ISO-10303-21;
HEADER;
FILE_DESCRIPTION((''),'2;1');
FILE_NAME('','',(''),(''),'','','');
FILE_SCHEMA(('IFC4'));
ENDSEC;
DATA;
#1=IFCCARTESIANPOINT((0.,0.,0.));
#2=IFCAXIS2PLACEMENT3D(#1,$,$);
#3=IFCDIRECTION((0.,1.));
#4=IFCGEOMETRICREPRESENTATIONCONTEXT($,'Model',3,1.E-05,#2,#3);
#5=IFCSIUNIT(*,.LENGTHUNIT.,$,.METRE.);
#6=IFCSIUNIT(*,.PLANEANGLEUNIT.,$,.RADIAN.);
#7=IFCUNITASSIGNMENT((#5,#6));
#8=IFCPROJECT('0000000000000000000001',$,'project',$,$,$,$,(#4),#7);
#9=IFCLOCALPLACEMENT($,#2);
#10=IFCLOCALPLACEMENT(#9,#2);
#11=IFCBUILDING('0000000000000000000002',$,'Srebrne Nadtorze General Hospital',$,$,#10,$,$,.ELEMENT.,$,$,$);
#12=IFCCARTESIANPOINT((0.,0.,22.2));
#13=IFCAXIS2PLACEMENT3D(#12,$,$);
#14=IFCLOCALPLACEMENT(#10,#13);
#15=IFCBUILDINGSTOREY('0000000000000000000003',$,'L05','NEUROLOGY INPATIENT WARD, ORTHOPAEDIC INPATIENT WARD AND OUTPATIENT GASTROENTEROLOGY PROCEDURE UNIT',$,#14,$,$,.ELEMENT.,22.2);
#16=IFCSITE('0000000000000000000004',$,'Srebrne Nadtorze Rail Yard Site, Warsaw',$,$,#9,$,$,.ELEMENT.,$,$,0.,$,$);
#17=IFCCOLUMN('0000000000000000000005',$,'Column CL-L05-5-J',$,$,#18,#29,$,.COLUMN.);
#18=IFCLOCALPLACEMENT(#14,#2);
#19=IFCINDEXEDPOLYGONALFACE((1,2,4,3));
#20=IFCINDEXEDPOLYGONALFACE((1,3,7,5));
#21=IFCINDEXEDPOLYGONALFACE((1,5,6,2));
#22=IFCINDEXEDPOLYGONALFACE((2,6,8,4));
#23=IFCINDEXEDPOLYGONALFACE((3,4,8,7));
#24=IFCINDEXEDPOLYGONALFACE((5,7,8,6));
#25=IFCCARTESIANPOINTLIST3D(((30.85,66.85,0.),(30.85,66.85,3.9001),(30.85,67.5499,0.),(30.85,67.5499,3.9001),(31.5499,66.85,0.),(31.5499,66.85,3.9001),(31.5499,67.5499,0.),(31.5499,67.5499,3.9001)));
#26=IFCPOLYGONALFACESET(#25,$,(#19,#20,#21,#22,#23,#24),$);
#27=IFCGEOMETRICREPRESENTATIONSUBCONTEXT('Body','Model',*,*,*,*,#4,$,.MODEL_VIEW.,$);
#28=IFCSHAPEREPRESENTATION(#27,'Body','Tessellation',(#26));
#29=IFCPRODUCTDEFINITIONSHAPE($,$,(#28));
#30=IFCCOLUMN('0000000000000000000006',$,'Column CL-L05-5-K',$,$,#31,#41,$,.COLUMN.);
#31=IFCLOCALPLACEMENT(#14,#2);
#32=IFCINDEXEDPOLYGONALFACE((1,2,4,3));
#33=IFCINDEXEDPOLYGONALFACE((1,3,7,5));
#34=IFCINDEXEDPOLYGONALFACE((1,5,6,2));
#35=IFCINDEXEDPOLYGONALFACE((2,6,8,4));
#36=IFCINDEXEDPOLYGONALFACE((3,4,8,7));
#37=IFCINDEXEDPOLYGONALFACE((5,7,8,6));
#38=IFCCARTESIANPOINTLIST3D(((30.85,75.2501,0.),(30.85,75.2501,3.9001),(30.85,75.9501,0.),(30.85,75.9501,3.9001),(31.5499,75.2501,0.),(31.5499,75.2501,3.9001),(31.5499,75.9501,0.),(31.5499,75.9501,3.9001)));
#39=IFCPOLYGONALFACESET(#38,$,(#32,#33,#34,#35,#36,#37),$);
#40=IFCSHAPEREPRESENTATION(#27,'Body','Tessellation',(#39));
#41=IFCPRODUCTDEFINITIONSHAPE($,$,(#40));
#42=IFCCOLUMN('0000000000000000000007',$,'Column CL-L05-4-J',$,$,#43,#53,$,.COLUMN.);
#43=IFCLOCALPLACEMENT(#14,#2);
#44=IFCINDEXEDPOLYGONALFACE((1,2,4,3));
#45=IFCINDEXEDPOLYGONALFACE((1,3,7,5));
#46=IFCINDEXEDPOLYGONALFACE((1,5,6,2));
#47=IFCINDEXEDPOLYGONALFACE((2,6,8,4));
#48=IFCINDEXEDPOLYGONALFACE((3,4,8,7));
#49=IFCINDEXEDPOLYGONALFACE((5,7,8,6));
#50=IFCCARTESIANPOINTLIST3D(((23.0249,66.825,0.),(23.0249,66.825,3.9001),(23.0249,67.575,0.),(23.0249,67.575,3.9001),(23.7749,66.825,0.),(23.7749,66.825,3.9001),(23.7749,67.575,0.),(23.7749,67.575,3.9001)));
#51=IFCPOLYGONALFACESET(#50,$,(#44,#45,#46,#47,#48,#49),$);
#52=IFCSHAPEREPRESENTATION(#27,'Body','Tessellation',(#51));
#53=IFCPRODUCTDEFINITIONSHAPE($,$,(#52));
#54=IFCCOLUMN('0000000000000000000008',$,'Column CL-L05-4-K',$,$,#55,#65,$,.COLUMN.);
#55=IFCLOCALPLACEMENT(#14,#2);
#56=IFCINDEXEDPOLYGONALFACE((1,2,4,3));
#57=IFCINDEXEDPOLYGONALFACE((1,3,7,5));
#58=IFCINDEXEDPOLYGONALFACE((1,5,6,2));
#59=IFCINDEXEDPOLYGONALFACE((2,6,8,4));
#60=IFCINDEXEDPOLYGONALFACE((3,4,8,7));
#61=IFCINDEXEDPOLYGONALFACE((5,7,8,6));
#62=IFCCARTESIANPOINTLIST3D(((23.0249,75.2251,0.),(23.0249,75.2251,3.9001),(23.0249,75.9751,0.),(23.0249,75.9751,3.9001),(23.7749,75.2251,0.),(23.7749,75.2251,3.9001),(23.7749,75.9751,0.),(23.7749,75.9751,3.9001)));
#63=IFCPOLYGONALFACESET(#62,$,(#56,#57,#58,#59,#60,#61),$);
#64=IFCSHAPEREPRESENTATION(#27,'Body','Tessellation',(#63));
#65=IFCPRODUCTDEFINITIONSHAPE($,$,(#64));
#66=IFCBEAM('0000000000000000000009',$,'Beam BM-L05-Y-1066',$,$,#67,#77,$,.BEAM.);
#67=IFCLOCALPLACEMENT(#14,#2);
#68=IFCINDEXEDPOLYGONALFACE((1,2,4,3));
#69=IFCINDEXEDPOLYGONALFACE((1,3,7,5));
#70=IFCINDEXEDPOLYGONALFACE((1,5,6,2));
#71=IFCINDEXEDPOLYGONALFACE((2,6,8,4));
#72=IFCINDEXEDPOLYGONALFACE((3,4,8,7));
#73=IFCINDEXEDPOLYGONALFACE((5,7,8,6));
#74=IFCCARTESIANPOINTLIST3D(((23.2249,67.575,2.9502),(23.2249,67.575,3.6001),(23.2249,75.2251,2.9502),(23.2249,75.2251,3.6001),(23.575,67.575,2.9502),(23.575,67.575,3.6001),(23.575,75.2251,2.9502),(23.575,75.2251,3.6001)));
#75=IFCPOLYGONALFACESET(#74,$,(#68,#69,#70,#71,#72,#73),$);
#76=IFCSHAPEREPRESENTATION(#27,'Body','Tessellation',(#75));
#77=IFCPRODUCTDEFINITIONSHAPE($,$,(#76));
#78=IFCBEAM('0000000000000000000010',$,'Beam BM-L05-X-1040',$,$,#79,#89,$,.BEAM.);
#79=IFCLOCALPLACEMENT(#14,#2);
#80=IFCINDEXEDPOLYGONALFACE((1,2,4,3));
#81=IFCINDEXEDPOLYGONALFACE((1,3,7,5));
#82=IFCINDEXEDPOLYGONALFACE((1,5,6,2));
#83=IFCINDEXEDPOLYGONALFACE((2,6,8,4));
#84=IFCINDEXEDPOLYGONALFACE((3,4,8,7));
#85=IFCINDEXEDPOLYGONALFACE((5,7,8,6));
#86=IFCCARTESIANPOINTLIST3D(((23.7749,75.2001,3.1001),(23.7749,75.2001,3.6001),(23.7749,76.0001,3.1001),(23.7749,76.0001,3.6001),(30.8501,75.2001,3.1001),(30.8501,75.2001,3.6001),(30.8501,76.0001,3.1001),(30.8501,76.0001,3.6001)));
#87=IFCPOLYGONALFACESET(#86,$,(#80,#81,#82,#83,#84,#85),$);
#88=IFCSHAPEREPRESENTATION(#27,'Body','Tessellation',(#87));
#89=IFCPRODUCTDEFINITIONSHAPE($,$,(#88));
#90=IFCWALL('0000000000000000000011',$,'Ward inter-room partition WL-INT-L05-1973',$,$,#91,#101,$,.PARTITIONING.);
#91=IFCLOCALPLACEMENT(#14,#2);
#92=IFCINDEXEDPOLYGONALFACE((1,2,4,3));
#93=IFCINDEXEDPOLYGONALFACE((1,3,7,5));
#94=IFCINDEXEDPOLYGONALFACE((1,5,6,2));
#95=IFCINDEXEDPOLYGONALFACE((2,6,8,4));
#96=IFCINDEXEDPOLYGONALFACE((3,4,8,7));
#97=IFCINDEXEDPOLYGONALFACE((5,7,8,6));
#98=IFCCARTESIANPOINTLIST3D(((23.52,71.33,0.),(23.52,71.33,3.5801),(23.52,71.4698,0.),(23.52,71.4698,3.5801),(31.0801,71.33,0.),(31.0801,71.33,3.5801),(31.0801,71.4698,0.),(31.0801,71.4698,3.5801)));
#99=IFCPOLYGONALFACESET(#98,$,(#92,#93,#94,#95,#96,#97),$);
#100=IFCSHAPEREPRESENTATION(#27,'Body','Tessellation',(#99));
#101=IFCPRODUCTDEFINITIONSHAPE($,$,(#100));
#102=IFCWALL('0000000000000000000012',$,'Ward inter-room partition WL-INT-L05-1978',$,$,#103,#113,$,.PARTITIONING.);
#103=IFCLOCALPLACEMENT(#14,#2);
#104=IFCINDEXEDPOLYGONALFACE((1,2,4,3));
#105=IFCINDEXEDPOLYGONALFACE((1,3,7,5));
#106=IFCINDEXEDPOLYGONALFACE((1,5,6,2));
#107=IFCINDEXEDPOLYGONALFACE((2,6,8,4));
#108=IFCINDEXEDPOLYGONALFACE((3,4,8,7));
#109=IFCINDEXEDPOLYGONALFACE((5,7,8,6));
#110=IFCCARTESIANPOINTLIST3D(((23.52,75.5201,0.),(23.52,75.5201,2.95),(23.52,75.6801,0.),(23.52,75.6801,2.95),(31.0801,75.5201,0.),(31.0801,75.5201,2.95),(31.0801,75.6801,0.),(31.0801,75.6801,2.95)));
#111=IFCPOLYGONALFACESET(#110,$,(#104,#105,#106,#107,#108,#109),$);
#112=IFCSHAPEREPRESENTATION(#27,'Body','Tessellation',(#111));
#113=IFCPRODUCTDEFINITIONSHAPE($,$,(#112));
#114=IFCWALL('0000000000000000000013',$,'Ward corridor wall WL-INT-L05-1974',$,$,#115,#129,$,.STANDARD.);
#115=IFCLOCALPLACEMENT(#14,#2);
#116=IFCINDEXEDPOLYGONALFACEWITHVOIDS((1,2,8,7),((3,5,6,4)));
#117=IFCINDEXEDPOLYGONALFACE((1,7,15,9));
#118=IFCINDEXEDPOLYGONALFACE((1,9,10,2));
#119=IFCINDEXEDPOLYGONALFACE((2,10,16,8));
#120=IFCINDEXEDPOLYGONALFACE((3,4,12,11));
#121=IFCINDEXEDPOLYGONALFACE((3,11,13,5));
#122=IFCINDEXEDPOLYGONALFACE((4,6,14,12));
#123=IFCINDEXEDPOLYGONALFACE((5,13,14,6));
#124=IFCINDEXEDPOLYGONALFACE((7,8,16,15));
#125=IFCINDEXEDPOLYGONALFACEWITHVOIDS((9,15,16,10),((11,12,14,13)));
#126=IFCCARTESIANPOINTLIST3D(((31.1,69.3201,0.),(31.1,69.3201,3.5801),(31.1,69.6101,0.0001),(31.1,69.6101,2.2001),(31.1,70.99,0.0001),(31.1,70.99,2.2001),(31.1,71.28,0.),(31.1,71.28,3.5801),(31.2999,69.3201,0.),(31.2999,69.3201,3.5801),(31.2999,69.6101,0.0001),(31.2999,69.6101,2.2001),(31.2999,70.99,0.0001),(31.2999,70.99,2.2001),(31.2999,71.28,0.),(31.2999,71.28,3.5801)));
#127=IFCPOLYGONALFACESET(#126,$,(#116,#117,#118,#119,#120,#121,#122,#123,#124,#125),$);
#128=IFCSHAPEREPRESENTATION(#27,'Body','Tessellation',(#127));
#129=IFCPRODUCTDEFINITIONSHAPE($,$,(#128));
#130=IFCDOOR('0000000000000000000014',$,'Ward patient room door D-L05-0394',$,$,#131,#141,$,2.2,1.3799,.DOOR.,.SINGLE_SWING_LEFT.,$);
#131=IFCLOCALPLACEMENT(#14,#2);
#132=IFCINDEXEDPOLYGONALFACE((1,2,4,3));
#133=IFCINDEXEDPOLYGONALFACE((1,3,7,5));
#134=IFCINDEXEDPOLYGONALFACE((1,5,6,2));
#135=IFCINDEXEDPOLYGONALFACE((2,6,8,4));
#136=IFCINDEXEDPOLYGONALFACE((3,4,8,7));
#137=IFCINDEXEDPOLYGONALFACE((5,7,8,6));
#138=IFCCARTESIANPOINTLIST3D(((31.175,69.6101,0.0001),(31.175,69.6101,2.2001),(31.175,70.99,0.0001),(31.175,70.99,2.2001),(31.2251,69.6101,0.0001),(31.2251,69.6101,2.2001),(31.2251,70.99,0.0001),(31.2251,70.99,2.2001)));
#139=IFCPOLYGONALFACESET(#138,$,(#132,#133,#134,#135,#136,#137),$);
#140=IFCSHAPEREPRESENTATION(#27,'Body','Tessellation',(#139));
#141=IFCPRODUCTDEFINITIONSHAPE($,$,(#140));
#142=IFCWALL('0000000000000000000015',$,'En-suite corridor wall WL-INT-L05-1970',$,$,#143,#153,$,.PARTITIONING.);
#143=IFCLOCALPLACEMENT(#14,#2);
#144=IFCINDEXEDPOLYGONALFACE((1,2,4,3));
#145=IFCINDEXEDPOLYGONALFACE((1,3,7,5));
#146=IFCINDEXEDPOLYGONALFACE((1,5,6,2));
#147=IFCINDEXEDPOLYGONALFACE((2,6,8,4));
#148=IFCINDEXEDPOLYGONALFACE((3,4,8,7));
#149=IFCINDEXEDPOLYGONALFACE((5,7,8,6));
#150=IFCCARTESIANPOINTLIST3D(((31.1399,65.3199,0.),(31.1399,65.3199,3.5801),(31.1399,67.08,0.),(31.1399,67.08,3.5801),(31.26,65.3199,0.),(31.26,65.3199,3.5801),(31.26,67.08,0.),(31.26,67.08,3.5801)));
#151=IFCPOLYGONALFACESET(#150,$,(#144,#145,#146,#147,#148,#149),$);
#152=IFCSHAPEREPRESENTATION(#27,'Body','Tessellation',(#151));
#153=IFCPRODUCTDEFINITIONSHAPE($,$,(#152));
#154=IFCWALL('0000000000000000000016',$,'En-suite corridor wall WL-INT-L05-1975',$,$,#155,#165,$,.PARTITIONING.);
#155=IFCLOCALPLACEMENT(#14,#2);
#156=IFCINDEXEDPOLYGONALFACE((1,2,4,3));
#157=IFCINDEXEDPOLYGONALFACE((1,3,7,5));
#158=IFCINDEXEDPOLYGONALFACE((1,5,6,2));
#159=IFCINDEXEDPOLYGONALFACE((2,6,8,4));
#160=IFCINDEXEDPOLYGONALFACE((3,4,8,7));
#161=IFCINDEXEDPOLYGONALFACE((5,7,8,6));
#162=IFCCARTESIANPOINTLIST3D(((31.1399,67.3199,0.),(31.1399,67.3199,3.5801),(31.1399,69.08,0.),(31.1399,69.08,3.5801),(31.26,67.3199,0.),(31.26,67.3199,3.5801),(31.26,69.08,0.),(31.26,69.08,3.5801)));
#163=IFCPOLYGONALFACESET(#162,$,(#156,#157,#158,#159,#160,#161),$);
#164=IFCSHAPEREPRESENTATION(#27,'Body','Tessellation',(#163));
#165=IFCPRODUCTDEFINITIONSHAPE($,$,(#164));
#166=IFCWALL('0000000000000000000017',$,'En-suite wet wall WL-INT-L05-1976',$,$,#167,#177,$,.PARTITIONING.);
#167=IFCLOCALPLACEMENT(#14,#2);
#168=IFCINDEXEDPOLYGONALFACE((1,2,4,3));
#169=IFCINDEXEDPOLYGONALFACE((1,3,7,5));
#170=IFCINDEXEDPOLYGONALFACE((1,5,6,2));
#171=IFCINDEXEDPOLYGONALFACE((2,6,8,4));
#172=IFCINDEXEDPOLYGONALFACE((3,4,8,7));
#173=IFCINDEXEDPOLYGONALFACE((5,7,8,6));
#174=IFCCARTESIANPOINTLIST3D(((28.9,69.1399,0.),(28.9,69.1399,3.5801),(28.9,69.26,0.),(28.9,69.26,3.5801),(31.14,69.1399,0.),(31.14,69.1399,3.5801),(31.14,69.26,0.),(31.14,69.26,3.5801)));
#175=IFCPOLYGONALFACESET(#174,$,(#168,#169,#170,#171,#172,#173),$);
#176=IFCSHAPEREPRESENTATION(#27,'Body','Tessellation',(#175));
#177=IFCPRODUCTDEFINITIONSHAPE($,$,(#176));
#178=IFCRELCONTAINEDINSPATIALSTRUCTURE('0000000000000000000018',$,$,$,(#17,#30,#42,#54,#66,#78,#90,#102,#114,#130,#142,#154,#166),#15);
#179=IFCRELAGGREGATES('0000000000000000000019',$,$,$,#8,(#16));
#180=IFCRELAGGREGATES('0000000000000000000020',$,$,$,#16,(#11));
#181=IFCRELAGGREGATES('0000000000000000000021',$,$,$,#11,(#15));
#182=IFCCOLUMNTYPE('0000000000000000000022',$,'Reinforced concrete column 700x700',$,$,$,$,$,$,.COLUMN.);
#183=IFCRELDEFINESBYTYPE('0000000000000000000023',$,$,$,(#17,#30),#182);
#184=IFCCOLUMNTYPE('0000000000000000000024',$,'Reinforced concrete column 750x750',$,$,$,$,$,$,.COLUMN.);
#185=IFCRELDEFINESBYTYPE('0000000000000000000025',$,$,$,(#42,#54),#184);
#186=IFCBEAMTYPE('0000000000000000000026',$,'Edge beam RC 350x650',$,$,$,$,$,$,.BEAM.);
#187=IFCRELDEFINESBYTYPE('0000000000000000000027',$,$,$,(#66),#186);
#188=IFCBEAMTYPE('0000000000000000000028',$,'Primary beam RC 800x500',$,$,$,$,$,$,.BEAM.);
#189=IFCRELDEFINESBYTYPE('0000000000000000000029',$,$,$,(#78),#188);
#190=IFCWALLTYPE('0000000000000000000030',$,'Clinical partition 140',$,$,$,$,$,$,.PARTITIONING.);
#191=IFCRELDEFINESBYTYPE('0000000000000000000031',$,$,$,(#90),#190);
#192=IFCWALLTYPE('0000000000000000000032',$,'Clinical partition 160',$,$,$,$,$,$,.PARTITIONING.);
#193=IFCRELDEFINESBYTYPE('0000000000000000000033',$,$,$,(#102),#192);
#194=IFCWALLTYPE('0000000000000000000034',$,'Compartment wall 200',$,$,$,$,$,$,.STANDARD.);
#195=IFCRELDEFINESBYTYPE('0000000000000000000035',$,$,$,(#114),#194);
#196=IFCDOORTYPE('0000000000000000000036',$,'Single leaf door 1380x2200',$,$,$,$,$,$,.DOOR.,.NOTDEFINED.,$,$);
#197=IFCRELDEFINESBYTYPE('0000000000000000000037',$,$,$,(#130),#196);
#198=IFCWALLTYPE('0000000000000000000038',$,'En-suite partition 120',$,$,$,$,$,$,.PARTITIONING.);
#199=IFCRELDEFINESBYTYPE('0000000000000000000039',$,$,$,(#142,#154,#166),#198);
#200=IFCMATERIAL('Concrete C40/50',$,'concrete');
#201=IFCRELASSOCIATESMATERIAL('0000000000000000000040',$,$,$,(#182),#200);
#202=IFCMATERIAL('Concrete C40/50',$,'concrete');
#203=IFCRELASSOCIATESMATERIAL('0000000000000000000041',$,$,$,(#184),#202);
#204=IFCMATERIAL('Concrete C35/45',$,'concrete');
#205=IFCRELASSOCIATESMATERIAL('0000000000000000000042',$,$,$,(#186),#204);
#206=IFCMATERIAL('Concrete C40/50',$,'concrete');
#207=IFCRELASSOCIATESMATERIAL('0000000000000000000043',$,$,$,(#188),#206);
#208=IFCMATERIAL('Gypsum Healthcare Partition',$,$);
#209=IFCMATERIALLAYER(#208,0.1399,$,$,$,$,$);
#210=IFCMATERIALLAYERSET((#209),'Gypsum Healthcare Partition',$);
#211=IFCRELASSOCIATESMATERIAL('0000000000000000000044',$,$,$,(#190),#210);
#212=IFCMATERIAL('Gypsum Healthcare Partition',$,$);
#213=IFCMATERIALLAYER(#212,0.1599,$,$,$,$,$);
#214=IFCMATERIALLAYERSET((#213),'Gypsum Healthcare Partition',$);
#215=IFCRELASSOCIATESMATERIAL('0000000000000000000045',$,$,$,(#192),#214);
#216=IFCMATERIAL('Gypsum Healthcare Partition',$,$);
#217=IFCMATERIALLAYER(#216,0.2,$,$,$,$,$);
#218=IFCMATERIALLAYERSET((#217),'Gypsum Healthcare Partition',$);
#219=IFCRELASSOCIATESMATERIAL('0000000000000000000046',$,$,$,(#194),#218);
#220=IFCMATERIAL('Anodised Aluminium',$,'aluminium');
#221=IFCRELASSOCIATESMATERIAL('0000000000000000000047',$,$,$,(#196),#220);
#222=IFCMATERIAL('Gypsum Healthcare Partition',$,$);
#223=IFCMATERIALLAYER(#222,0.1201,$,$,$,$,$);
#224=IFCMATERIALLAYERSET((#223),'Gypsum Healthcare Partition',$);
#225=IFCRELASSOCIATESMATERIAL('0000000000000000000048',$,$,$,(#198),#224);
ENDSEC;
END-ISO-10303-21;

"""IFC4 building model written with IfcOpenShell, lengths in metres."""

from ifc_helpers import new_model, si_unit, direction, frame, frame_2d, origin, origin_2d, place, context, subcontext, project, spatial, rectangle, extrude, material, layer, layer_set, material_profile, profile_set, type_object, element, fill, save


model = new_model("IFC4")

# Units and contexts
model_context = context("Model", 3, precision=1e-05, world=origin(), true_north=direction((0.0, 1.0)))
body_context = subcontext(model_context, "Body", "Model", "MODEL_VIEW")
ifc_project = project(units=[si_unit("LENGTHUNIT", "METRE"), si_unit("PLANEANGLEUNIT", "RADIAN")], contexts=[model_context])

# Site, building, storey
site_placement = place(None, origin())
site = spatial("IfcSite", under=ifc_project, at=site_placement, Name="Srebrne Nadtorze Rail Yard Site, Warsaw", CompositionType="ELEMENT", RefElevation=0.0)
building_placement = place(site_placement, origin())
building = spatial("IfcBuilding", under=site, at=building_placement, Name="Srebrne Nadtorze General Hospital", CompositionType="ELEMENT")
storey_placement = place(building_placement, frame((0.0, 0.0, 22.2)))
storey = spatial("IfcBuildingStorey", under=building, at=storey_placement, Name="L05", Description="NEUROLOGY INPATIENT WARD, ORTHOPAEDIC INPATIENT WARD AND OUTPATIENT GASTROENTEROLOGY PROCEDURE UNIT", CompositionType="ELEMENT", Elevation=22.2)

# Columns
ifc_material_1 = material(Name="Concrete C40/50", Category="concrete")
ifc_material_profile_1 = material_profile(ifc_material_1, rectangle(XDim=0.7, YDim=0.7, at=origin_2d()), Name="RC-COL-700x700")
ifc_profile_set_1 = profile_set([ifc_material_profile_1], Name="Concrete C40/50")
column_type_1 = type_object("IfcColumnType", Name="Reinforced concrete column 700x700", PredefinedType="COLUMN", material=ifc_profile_set_1)
for number, where, z_axis, x_axis, name in (
    (1, (31.2, 67.2, 0.0), (0.0, 0.0, 1.0), (1.0, 0.0, 0.0), "Column CL-L05-5-J"),
    (2, (31.2, 75.6001, 0.0), (0.0, 0.0, 1.0), (1.0, 0.0, 0.0), "Column CL-L05-5-K"),
):
    element("IfcColumn", number, at=place(storey_placement, frame(where, z_axis=z_axis, x_axis=x_axis)), inside=storey, type_object=column_type_1, Name=name, PredefinedType="COLUMN", context=body_context, shape_type="SweptSolid", body=[
        extrude(rectangle(XDim=0.7, YDim=0.7, at=origin_2d()), origin(), (0.0, 0.0, 1.0), 3.9001),
    ])
ifc_material_2 = material(Name="Concrete C40/50", Category="concrete")
ifc_material_profile_2 = material_profile(ifc_material_2, rectangle(XDim=0.75, YDim=0.75, at=origin_2d()), Name="RC-COL-750x750")
ifc_profile_set_2 = profile_set([ifc_material_profile_2], Name="Concrete C40/50")
column_type_2 = type_object("IfcColumnType", Name="Reinforced concrete column 750x750", PredefinedType="COLUMN", material=ifc_profile_set_2)
for number, where, z_axis, x_axis, name in (
    (3, (23.3999, 67.2, 0.0), (0.0, 0.0, 1.0), (1.0, 0.0, 0.0), "Column CL-L05-4-J"),
    (4, (23.3999, 75.6001, 0.0), (0.0, 0.0, 1.0), (1.0, 0.0, 0.0), "Column CL-L05-4-K"),
):
    element("IfcColumn", number, at=place(storey_placement, frame(where, z_axis=z_axis, x_axis=x_axis)), inside=storey, type_object=column_type_2, Name=name, PredefinedType="COLUMN", context=body_context, shape_type="SweptSolid", body=[
        extrude(rectangle(XDim=0.75, YDim=0.75, at=origin_2d()), origin(), (0.0, 0.0, 1.0), 3.9001),
    ])

# Beams
ifc_material_3 = material(Name="Concrete C35/45", Category="concrete")
ifc_material_profile_3 = material_profile(ifc_material_3, rectangle(XDim=0.3501, YDim=0.6499, at=origin_2d()), Name="RC-BM-350x650")
ifc_profile_set_3 = profile_set([ifc_material_profile_3], Name="Concrete C35/45")
beam_type_1 = type_object("IfcBeamType", Name="Edge beam RC 350x650", PredefinedType="BEAM", material=ifc_profile_set_3)
beam_1_placement = place(storey_placement, frame((23.3999, 67.575, 3.2751), z_axis=(0.0, 1.0, 0.0), x_axis=(-1.0, 0.0, 0.0)))
element("IfcBeam", 5, at=beam_1_placement, inside=storey, type_object=beam_type_1, Name="Beam BM-L05-Y-1066", PredefinedType="BEAM", context=body_context, shape_type="SweptSolid", body=[
    extrude(rectangle(XDim=0.3501, YDim=0.6499, at=origin_2d()), origin(), (0.0, 0.0, 1.0), 7.6501),
])
ifc_material_4 = material(Name="Concrete C40/50", Category="concrete")
ifc_material_profile_4 = material_profile(ifc_material_4, rectangle(XDim=0.8, YDim=0.5, at=origin_2d()), Name="RC-BM-800x500")
ifc_profile_set_4 = profile_set([ifc_material_profile_4], Name="Concrete C40/50")
beam_type_2 = type_object("IfcBeamType", Name="Primary beam RC 800x500", PredefinedType="BEAM", material=ifc_profile_set_4)
beam_2_placement = place(storey_placement, frame((23.7749, 75.6001, 3.3501), z_axis=(1.0, 0.0, 0.0), x_axis=(0.0, 1.0, 0.0)))
element("IfcBeam", 6, at=beam_2_placement, inside=storey, type_object=beam_type_2, Name="Beam BM-L05-X-1040", PredefinedType="BEAM", context=body_context, shape_type="SweptSolid", body=[
    extrude(rectangle(XDim=0.8, YDim=0.5, at=origin_2d()), origin(), (0.0, 0.0, 1.0), 7.0752),
])

# Walls
ifc_material_5 = material(Name="Gypsum Healthcare Partition")
ifc_layer_1 = layer(ifc_material_5, 0.1399)
ifc_layer_set_1 = layer_set([ifc_layer_1], Name="Gypsum Healthcare Partition")
wall_type_1 = type_object("IfcWallType", Name="Clinical partition 140", PredefinedType="PARTITIONING", material=ifc_layer_set_1)
wall_1_placement = place(storey_placement, frame((23.52, 71.3999, 0.0), z_axis=(0.0, 0.0, 1.0), x_axis=(1.0, 0.0, 0.0)))
element("IfcWall", 7, at=wall_1_placement, inside=storey, type_object=wall_type_1, Name="Ward inter-room partition WL-INT-L05-1973", PredefinedType="PARTITIONING", context=body_context, shape_type="SweptSolid", body=[
    extrude(rectangle(XDim=7.5601, YDim=0.1399, at=frame_2d((3.78, 0.0))), origin(), (0.0, 0.0, 1.0), 3.5801),
])
ifc_material_6 = material(Name="Gypsum Healthcare Partition")
ifc_layer_2 = layer(ifc_material_6, 0.1599)
ifc_layer_set_2 = layer_set([ifc_layer_2], Name="Gypsum Healthcare Partition")
wall_type_2 = type_object("IfcWallType", Name="Clinical partition 160", PredefinedType="PARTITIONING", material=ifc_layer_set_2)
wall_2_placement = place(storey_placement, frame((23.52, 75.6001, 0.0), z_axis=(0.0, 0.0, 1.0), x_axis=(1.0, 0.0, 0.0)))
element("IfcWall", 8, at=wall_2_placement, inside=storey, type_object=wall_type_2, Name="Ward inter-room partition WL-INT-L05-1978", PredefinedType="PARTITIONING", context=body_context, shape_type="SweptSolid", body=[
    extrude(rectangle(XDim=7.5601, YDim=0.1599, at=frame_2d((3.78, 0.0))), origin(), (0.0, 0.0, 1.0), 2.95),
])

# Wall, opening, door
ifc_material_7 = material(Name="Gypsum Healthcare Partition")
ifc_layer_3 = layer(ifc_material_7, 0.2)
ifc_layer_set_3 = layer_set([ifc_layer_3], Name="Gypsum Healthcare Partition")
wall_type_3 = type_object("IfcWallType", Name="Compartment wall 200", PredefinedType="STANDARD", material=ifc_layer_set_3)
wall_3_placement = place(storey_placement, frame((31.2, 69.3201, 0.0), z_axis=(0.0, 0.0, 1.0), x_axis=(0.0, 1.0, 0.0)))
wall_3 = element("IfcWall", 9, at=wall_3_placement, inside=storey, type_object=wall_type_3, Name="Ward corridor wall WL-INT-L05-1974", PredefinedType="STANDARD", context=body_context, shape_type="SweptSolid", body=[
    extrude(rectangle(XDim=1.96, YDim=0.2, at=frame_2d((0.98, 0.0))), origin(), (0.0, 0.0, 1.0), 3.5801),
])
opening_1_placement = place(wall_3_placement, frame((0.29, 0.0, 0.0)))
opening_1 = element("IfcOpeningElement", 10, at=opening_1_placement, cuts=wall_3, PredefinedType="OPENING", context=body_context, shape_type="SweptSolid", body=[
    extrude(rectangle(XDim=1.3799, YDim=2.2, at=frame_2d((0.6899, 1.1001))), frame((0.0, 0.1118, 0.0), z_axis=(0.0, -1.0, 0.0), x_axis=(1.0, 0.0, 0.0)), (0.0, 0.0, 1.0), 0.2239),
])
ifc_material_8 = material(Name="Anodised Aluminium", Category="aluminium")
door_type_1 = type_object("IfcDoorType", Name="Single leaf door 1380x2200", OperationType="NOTDEFINED", PredefinedType="DOOR", material=ifc_material_8)
door_1_placement = place(opening_1_placement, origin())
door_1 = element("IfcDoor", 11, at=door_1_placement, inside=storey, type_object=door_type_1, Name="Ward patient room door D-L05-0394", OperationType="SINGLE_SWING_LEFT", OverallHeight=2.2, OverallWidth=1.3799, PredefinedType="DOOR", context=body_context, shape_type="SweptSolid", body=[
    extrude(rectangle(XDim=1.3799, YDim=2.2, at=frame_2d((0.6899, 1.1001))), frame((0.0, 0.0249, 0.0), z_axis=(0.0, -1.0, 0.0), x_axis=(1.0, 0.0, 0.0)), (0.0, 0.0, 1.0), 0.05),
])
fill(opening_1, door_1)

# Walls
ifc_material_9 = material(Name="Gypsum Healthcare Partition")
ifc_layer_4 = layer(ifc_material_9, 0.1201)
ifc_layer_set_4 = layer_set([ifc_layer_4], Name="Gypsum Healthcare Partition")
wall_type_4 = type_object("IfcWallType", Name="En-suite partition 120", PredefinedType="PARTITIONING", material=ifc_layer_set_4)
for number, where, z_axis, x_axis, name in (
    (12, (31.2, 65.3201, 0.0), (0.0, 0.0, 1.0), (0.0, 1.0, 0.0), "En-suite corridor wall WL-INT-L05-1970"),
    (13, (31.2, 67.3201, 0.0), (0.0, 0.0, 1.0), (0.0, 1.0, 0.0), "En-suite corridor wall WL-INT-L05-1975"),
):
    element("IfcWall", number, at=place(storey_placement, frame(where, z_axis=z_axis, x_axis=x_axis)), inside=storey, type_object=wall_type_4, Name=name, PredefinedType="PARTITIONING", context=body_context, shape_type="SweptSolid", body=[
        extrude(rectangle(XDim=1.76, YDim=0.1201, at=frame_2d((0.8799, 0.0))), origin(), (0.0, 0.0, 1.0), 3.5801),
    ])
wall_4_placement = place(storey_placement, frame((28.8999, 69.2, 0.0), z_axis=(0.0, 0.0, 1.0), x_axis=(1.0, 0.0, 0.0)))
element("IfcWall", 14, at=wall_4_placement, inside=storey, type_object=wall_type_4, Name="En-suite wet wall WL-INT-L05-1976", PredefinedType="PARTITIONING", context=body_context, shape_type="SweptSolid", body=[
    extrude(rectangle(XDim=2.24, YDim=0.1201, at=frame_2d((1.1201, 0.0))), origin(), (0.0, 0.0, 1.0), 3.5801),
])

save(model, "model.ifc")
